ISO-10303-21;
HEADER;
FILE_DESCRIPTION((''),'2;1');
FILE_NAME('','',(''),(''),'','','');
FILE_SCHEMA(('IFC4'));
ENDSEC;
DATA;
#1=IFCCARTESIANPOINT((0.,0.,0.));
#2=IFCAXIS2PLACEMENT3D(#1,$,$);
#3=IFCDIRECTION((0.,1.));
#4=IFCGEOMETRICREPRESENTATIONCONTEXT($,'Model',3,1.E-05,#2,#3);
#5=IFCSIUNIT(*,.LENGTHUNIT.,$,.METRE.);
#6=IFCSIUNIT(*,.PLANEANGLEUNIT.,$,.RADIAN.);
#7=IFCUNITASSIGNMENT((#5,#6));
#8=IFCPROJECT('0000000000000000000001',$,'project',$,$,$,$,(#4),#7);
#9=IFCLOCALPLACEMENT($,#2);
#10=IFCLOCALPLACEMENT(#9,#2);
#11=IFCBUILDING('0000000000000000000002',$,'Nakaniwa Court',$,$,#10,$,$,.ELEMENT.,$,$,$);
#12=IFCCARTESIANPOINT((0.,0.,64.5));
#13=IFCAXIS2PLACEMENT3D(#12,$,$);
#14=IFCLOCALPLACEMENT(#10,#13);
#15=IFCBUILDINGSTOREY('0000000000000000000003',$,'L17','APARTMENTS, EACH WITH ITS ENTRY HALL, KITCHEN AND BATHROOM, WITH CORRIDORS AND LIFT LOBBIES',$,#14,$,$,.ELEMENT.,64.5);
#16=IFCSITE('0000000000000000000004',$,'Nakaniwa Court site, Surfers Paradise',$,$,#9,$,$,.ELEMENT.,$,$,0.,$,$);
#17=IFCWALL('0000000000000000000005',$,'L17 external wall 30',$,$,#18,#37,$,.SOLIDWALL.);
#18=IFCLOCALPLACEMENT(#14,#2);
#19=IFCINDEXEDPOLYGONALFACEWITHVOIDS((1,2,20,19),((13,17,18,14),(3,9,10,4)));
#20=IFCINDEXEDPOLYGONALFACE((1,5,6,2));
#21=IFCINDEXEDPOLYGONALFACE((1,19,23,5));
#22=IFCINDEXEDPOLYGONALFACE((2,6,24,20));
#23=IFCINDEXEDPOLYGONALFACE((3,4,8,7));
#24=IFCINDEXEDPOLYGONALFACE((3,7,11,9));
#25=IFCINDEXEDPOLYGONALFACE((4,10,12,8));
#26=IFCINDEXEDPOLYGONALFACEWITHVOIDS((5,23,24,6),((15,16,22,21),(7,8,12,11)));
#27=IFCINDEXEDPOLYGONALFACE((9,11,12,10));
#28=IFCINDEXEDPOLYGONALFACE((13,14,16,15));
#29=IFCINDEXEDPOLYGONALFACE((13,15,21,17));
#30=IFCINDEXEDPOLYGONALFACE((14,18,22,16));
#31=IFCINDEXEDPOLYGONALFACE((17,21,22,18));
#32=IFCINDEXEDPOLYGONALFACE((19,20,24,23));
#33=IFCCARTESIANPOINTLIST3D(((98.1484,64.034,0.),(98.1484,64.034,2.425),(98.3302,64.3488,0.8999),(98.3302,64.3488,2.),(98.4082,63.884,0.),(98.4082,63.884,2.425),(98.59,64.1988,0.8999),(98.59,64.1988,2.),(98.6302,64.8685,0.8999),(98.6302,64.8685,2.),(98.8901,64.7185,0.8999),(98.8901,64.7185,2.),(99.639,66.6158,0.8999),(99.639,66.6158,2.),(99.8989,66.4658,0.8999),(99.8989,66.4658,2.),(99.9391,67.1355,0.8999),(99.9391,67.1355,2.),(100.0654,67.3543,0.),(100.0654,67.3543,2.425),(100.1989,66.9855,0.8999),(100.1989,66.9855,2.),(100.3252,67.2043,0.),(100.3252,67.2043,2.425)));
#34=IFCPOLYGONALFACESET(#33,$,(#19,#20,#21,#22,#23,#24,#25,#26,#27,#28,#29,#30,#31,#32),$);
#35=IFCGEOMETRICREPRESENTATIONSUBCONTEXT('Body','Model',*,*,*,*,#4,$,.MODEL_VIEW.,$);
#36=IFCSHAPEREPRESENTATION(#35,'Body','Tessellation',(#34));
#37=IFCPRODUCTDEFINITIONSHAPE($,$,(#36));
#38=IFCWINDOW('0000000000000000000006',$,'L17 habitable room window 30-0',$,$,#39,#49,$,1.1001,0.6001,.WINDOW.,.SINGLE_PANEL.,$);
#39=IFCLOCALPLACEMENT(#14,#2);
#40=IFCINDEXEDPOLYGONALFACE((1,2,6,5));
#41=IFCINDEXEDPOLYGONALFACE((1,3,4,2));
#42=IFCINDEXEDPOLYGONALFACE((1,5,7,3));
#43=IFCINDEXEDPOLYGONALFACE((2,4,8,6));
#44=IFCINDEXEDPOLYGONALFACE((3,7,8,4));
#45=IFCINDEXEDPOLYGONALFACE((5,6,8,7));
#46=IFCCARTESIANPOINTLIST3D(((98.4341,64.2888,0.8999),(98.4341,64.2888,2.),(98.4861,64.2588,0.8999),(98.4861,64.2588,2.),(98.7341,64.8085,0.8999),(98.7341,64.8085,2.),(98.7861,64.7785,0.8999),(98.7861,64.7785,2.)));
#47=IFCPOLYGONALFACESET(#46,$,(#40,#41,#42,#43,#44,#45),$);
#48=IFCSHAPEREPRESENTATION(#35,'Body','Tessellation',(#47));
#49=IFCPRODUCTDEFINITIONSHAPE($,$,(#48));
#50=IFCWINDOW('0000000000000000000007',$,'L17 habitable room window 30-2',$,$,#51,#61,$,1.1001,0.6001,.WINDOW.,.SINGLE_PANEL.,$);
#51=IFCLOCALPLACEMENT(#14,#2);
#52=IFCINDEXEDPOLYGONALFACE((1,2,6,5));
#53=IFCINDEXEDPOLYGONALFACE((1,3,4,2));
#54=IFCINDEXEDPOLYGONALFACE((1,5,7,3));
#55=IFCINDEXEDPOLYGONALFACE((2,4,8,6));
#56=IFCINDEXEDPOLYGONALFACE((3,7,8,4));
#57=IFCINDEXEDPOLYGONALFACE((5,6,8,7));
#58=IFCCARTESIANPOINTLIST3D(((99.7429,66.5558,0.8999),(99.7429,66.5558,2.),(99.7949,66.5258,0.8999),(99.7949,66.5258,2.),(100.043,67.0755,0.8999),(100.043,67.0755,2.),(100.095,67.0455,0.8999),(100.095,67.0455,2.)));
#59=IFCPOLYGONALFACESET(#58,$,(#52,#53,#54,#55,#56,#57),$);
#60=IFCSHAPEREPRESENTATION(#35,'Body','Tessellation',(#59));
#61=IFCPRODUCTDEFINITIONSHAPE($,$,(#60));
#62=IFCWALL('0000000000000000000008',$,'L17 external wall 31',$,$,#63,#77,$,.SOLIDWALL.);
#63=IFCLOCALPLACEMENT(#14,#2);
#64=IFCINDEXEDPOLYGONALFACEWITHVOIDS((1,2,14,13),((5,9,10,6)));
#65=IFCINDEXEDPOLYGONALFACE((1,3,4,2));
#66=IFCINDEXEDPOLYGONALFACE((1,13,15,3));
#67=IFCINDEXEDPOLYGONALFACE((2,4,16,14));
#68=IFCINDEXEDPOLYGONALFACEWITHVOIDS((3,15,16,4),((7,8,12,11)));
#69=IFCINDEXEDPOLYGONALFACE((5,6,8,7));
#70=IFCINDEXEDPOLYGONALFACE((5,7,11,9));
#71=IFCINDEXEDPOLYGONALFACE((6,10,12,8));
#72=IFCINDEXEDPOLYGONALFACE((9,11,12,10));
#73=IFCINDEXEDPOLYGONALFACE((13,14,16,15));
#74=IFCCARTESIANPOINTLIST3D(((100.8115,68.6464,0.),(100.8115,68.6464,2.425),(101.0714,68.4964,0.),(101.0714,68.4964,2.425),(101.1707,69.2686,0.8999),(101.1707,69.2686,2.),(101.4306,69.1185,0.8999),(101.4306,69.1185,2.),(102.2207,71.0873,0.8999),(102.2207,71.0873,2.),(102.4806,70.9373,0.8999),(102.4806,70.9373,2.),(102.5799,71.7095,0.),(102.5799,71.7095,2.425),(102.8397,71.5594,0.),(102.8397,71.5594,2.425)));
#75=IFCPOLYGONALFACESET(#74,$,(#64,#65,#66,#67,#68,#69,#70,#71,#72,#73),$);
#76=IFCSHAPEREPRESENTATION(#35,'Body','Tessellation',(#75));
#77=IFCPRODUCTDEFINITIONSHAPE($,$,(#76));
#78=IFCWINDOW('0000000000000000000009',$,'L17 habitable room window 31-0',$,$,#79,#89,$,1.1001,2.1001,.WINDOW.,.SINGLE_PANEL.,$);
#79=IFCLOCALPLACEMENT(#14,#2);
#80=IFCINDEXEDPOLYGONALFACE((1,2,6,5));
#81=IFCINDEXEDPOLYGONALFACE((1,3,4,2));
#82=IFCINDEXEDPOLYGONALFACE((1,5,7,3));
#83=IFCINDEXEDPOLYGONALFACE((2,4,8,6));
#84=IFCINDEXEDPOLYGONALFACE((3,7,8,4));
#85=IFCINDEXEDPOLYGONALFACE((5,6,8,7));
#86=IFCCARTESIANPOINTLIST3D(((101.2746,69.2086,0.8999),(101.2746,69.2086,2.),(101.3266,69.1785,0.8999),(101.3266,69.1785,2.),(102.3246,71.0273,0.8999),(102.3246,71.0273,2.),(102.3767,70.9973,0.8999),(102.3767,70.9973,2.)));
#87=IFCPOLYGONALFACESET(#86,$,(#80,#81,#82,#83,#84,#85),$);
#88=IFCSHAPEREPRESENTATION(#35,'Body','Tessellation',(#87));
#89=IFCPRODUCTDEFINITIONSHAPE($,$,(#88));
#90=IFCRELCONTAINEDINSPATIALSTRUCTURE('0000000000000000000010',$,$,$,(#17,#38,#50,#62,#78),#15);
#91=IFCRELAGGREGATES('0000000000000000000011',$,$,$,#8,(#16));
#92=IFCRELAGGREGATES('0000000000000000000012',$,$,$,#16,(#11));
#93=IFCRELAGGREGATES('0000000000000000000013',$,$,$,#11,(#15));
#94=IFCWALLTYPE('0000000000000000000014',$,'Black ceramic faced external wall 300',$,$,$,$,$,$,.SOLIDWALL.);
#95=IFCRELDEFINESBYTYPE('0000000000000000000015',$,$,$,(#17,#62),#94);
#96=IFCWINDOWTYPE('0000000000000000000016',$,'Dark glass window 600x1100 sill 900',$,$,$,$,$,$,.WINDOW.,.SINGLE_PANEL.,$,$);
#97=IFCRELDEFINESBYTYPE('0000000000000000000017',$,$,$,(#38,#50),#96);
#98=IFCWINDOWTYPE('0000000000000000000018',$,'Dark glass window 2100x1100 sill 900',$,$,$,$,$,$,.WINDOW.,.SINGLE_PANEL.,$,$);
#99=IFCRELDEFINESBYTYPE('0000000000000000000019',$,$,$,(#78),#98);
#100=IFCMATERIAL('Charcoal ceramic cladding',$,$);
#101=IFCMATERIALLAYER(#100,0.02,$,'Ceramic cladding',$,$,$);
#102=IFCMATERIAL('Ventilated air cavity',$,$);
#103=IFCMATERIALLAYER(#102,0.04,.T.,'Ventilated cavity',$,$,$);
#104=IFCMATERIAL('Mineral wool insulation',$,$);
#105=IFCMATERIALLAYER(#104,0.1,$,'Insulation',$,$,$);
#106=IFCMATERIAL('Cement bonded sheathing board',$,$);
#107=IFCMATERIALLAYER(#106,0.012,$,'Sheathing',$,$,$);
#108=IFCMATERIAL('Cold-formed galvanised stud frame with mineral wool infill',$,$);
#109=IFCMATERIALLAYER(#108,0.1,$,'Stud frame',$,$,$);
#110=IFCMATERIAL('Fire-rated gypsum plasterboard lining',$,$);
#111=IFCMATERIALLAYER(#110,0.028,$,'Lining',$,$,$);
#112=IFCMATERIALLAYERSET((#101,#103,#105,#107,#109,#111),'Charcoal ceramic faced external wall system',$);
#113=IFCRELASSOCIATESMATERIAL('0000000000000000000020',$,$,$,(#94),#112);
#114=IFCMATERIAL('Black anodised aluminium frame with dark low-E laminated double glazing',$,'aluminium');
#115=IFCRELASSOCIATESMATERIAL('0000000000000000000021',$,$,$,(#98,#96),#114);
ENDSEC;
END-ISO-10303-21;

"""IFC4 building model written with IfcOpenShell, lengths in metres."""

from ifc_helpers import new_model, si_unit, direction, frame, frame_2d, origin, place, context, subcontext, project, spatial, rectangle, extrude, material, layer, layer_set, type_object, element, fill, save


model = new_model("IFC4")

# Units and contexts
model_context = context("Model", 3, precision=1e-05, world=origin(), true_north=direction((0.0, 1.0)))
body_context = subcontext(model_context, "Body", "Model", "MODEL_VIEW")
ifc_project = project(units=[si_unit("LENGTHUNIT", "METRE"), si_unit("PLANEANGLEUNIT", "RADIAN")], contexts=[model_context])

# Site, building, storey
site_placement = place(None, origin())
site = spatial("IfcSite", under=ifc_project, at=site_placement, Name="Nakaniwa Court site, Surfers Paradise", CompositionType="ELEMENT", RefElevation=0.0)
building_placement = place(site_placement, origin())
building = spatial("IfcBuilding", under=site, at=building_placement, Name="Nakaniwa Court", CompositionType="ELEMENT")
storey_placement = place(building_placement, frame((0.0, 0.0, 64.5)))
storey = spatial("IfcBuildingStorey", under=building, at=storey_placement, Name="L17", Description="APARTMENTS, EACH WITH ITS ENTRY HALL, KITCHEN AND BATHROOM, WITH CORRIDORS AND LIFT LOBBIES", CompositionType="ELEMENT", Elevation=64.5)

# Shared definitions
ifc_material_1 = material(Name="Charcoal ceramic cladding")
ifc_layer_1 = layer(ifc_material_1, 0.02, Name="Ceramic cladding")
ifc_material_2 = material(Name="Ventilated air cavity")
ifc_layer_2 = layer(ifc_material_2, 0.04, ventilated=True, Name="Ventilated cavity")
ifc_material_3 = material(Name="Mineral wool insulation")
ifc_layer_3 = layer(ifc_material_3, 0.1, Name="Insulation")
ifc_material_4 = material(Name="Cement bonded sheathing board")
ifc_layer_4 = layer(ifc_material_4, 0.012, Name="Sheathing")
ifc_material_5 = material(Name="Cold-formed galvanised stud frame with mineral wool infill")
ifc_layer_5 = layer(ifc_material_5, 0.1, Name="Stud frame")
ifc_material_6 = material(Name="Fire-rated gypsum plasterboard lining")
ifc_layer_6 = layer(ifc_material_6, 0.028, Name="Lining")
ifc_layer_set_1 = layer_set([ifc_layer_1, ifc_layer_2, ifc_layer_3, ifc_layer_4, ifc_layer_5, ifc_layer_6], Name="Charcoal ceramic faced external wall system")
wall_type_1 = type_object("IfcWallType", Name="Black ceramic faced external wall 300", PredefinedType="SOLIDWALL", material=ifc_layer_set_1)
ifc_material_7 = material(Name="Black anodised aluminium frame with dark low-E laminated double glazing", Category="aluminium")
window_type_1 = type_object("IfcWindowType", Name="Dark glass window 2100x1100 sill 900", PartitioningType="SINGLE_PANEL", PredefinedType="WINDOW", material=ifc_material_7)

# Wall, openings, windows
wall_1_placement = place(storey_placement, frame((98.2783, 63.959, 0.0), z_axis=(0.0, 0.0, 1.0), x_axis=(0.500002, 0.866024, 0.0)))
wall_1 = element("IfcWall", 1, at=wall_1_placement, inside=storey, type_object=wall_type_1, Name="L17 external wall 30", PredefinedType="SOLIDWALL", context=body_context, shape_type="SweptSolid", body=[
    extrude(rectangle(XDim=3.834, YDim=0.3, at=frame_2d((1.917, 0.0))), origin(), (0.0, 0.0, 1.0), 2.425),
])
opening_1_placement = place(wall_1_placement, frame((0.3635, 0.0, 0.8999)))
opening_1 = element("IfcOpeningElement", 2, at=opening_1_placement, cuts=wall_1, PredefinedType="OPENING", context=body_context, shape_type="SweptSolid", body=[
    extrude(rectangle(XDim=0.6001, YDim=1.1001, at=frame_2d((0.3, 0.55))), frame((0.0, 0.1599, 0.0), z_axis=(0.0, -1.0, 0.0), x_axis=(1.0, 0.0, 0.0)), (0.0, 0.0, 1.0), 0.3201),
])
opening_2_placement = place(wall_1_placement, frame((2.9812, 0.0, 0.8999)))
opening_2 = element("IfcOpeningElement", 3, at=opening_2_placement, cuts=wall_1, PredefinedType="OPENING", context=body_context, shape_type="SweptSolid", body=[
    extrude(rectangle(XDim=0.6001, YDim=1.1001, at=frame_2d((0.3, 0.55))), frame((0.0, 0.1599, 0.0), z_axis=(0.0, -1.0, 0.0), x_axis=(1.0, 0.0, 0.0)), (0.0, 0.0, 1.0), 0.3201),
])
window_type_2 = type_object("IfcWindowType", Name="Dark glass window 600x1100 sill 900", PartitioningType="SINGLE_PANEL", PredefinedType="WINDOW", material=ifc_material_7)
window_1_placement = place(opening_1_placement, origin())
window_1 = element("IfcWindow", 4, at=window_1_placement, inside=storey, type_object=window_type_2, Name="L17 habitable room window 30-0", OverallHeight=1.1001, OverallWidth=0.6001, PartitioningType="SINGLE_PANEL", PredefinedType="WINDOW", context=body_context, shape_type="SweptSolid", body=[
    extrude(rectangle(XDim=0.6001, YDim=1.1001, at=frame_2d((0.3, 0.55))), frame((0.0, 0.03, 0.0), z_axis=(0.0, -1.0, 0.0), x_axis=(1.0, 0.0, 0.0)), (0.0, 0.0, 1.0), 0.0601),
])
fill(opening_1, window_1)
window_2_placement = place(opening_2_placement, origin())
window_2 = element("IfcWindow", 5, at=window_2_placement, inside=storey, type_object=window_type_2, Name="L17 habitable room window 30-2", OverallHeight=1.1001, OverallWidth=0.6001, PartitioningType="SINGLE_PANEL", PredefinedType="WINDOW", context=body_context, shape_type="SweptSolid", body=[
    extrude(rectangle(XDim=0.6001, YDim=1.1001, at=frame_2d((0.3, 0.55))), frame((0.0, 0.03, 0.0), z_axis=(0.0, -1.0, 0.0), x_axis=(1.0, 0.0, 0.0)), (0.0, 0.0, 1.0), 0.0601),
])
fill(opening_2, window_2)

# Wall, opening, window
wall_2_placement = place(storey_placement, frame((100.9414, 68.5713, 0.0), z_axis=(0.0, 0.0, 1.0), x_axis=(0.499977, 0.866038, 0.0)))
wall_2 = element("IfcWall", 6, at=wall_2_placement, inside=storey, type_object=wall_type_1, Name="L17 external wall 31", PredefinedType="SOLIDWALL", context=body_context, shape_type="SweptSolid", body=[
    extrude(rectangle(XDim=3.5369, YDim=0.3, at=frame_2d((1.7686, 0.0))), origin(), (0.0, 0.0, 1.0), 2.425),
])
opening_3_placement = place(wall_2_placement, frame((0.7185, 0.0, 0.8999)))
opening_3 = element("IfcOpeningElement", 7, at=opening_3_placement, cuts=wall_2, PredefinedType="OPENING", context=body_context, shape_type="SweptSolid", body=[
    extrude(rectangle(XDim=2.1001, YDim=1.1001, at=frame_2d((1.05, 0.55))), frame((0.0, 0.1599, 0.0), z_axis=(0.0, -1.0, 0.0), x_axis=(1.0, 0.0, 0.0)), (0.0, 0.0, 1.0), 0.3201),
])
window_3_placement = place(opening_3_placement, origin())
window_3 = element("IfcWindow", 8, at=window_3_placement, inside=storey, type_object=window_type_1, Name="L17 habitable room window 31-0", OverallHeight=1.1001, OverallWidth=2.1001, PartitioningType="SINGLE_PANEL", PredefinedType="WINDOW", context=body_context, shape_type="SweptSolid", body=[
    extrude(rectangle(XDim=2.1001, YDim=1.1001, at=frame_2d((1.05, 0.55))), frame((0.0, 0.03, 0.0), z_axis=(0.0, -1.0, 0.0), x_axis=(1.0, 0.0, 0.0)), (0.0, 0.0, 1.0), 0.0601),
])
fill(opening_3, window_3)

save(model, "model.ifc")
